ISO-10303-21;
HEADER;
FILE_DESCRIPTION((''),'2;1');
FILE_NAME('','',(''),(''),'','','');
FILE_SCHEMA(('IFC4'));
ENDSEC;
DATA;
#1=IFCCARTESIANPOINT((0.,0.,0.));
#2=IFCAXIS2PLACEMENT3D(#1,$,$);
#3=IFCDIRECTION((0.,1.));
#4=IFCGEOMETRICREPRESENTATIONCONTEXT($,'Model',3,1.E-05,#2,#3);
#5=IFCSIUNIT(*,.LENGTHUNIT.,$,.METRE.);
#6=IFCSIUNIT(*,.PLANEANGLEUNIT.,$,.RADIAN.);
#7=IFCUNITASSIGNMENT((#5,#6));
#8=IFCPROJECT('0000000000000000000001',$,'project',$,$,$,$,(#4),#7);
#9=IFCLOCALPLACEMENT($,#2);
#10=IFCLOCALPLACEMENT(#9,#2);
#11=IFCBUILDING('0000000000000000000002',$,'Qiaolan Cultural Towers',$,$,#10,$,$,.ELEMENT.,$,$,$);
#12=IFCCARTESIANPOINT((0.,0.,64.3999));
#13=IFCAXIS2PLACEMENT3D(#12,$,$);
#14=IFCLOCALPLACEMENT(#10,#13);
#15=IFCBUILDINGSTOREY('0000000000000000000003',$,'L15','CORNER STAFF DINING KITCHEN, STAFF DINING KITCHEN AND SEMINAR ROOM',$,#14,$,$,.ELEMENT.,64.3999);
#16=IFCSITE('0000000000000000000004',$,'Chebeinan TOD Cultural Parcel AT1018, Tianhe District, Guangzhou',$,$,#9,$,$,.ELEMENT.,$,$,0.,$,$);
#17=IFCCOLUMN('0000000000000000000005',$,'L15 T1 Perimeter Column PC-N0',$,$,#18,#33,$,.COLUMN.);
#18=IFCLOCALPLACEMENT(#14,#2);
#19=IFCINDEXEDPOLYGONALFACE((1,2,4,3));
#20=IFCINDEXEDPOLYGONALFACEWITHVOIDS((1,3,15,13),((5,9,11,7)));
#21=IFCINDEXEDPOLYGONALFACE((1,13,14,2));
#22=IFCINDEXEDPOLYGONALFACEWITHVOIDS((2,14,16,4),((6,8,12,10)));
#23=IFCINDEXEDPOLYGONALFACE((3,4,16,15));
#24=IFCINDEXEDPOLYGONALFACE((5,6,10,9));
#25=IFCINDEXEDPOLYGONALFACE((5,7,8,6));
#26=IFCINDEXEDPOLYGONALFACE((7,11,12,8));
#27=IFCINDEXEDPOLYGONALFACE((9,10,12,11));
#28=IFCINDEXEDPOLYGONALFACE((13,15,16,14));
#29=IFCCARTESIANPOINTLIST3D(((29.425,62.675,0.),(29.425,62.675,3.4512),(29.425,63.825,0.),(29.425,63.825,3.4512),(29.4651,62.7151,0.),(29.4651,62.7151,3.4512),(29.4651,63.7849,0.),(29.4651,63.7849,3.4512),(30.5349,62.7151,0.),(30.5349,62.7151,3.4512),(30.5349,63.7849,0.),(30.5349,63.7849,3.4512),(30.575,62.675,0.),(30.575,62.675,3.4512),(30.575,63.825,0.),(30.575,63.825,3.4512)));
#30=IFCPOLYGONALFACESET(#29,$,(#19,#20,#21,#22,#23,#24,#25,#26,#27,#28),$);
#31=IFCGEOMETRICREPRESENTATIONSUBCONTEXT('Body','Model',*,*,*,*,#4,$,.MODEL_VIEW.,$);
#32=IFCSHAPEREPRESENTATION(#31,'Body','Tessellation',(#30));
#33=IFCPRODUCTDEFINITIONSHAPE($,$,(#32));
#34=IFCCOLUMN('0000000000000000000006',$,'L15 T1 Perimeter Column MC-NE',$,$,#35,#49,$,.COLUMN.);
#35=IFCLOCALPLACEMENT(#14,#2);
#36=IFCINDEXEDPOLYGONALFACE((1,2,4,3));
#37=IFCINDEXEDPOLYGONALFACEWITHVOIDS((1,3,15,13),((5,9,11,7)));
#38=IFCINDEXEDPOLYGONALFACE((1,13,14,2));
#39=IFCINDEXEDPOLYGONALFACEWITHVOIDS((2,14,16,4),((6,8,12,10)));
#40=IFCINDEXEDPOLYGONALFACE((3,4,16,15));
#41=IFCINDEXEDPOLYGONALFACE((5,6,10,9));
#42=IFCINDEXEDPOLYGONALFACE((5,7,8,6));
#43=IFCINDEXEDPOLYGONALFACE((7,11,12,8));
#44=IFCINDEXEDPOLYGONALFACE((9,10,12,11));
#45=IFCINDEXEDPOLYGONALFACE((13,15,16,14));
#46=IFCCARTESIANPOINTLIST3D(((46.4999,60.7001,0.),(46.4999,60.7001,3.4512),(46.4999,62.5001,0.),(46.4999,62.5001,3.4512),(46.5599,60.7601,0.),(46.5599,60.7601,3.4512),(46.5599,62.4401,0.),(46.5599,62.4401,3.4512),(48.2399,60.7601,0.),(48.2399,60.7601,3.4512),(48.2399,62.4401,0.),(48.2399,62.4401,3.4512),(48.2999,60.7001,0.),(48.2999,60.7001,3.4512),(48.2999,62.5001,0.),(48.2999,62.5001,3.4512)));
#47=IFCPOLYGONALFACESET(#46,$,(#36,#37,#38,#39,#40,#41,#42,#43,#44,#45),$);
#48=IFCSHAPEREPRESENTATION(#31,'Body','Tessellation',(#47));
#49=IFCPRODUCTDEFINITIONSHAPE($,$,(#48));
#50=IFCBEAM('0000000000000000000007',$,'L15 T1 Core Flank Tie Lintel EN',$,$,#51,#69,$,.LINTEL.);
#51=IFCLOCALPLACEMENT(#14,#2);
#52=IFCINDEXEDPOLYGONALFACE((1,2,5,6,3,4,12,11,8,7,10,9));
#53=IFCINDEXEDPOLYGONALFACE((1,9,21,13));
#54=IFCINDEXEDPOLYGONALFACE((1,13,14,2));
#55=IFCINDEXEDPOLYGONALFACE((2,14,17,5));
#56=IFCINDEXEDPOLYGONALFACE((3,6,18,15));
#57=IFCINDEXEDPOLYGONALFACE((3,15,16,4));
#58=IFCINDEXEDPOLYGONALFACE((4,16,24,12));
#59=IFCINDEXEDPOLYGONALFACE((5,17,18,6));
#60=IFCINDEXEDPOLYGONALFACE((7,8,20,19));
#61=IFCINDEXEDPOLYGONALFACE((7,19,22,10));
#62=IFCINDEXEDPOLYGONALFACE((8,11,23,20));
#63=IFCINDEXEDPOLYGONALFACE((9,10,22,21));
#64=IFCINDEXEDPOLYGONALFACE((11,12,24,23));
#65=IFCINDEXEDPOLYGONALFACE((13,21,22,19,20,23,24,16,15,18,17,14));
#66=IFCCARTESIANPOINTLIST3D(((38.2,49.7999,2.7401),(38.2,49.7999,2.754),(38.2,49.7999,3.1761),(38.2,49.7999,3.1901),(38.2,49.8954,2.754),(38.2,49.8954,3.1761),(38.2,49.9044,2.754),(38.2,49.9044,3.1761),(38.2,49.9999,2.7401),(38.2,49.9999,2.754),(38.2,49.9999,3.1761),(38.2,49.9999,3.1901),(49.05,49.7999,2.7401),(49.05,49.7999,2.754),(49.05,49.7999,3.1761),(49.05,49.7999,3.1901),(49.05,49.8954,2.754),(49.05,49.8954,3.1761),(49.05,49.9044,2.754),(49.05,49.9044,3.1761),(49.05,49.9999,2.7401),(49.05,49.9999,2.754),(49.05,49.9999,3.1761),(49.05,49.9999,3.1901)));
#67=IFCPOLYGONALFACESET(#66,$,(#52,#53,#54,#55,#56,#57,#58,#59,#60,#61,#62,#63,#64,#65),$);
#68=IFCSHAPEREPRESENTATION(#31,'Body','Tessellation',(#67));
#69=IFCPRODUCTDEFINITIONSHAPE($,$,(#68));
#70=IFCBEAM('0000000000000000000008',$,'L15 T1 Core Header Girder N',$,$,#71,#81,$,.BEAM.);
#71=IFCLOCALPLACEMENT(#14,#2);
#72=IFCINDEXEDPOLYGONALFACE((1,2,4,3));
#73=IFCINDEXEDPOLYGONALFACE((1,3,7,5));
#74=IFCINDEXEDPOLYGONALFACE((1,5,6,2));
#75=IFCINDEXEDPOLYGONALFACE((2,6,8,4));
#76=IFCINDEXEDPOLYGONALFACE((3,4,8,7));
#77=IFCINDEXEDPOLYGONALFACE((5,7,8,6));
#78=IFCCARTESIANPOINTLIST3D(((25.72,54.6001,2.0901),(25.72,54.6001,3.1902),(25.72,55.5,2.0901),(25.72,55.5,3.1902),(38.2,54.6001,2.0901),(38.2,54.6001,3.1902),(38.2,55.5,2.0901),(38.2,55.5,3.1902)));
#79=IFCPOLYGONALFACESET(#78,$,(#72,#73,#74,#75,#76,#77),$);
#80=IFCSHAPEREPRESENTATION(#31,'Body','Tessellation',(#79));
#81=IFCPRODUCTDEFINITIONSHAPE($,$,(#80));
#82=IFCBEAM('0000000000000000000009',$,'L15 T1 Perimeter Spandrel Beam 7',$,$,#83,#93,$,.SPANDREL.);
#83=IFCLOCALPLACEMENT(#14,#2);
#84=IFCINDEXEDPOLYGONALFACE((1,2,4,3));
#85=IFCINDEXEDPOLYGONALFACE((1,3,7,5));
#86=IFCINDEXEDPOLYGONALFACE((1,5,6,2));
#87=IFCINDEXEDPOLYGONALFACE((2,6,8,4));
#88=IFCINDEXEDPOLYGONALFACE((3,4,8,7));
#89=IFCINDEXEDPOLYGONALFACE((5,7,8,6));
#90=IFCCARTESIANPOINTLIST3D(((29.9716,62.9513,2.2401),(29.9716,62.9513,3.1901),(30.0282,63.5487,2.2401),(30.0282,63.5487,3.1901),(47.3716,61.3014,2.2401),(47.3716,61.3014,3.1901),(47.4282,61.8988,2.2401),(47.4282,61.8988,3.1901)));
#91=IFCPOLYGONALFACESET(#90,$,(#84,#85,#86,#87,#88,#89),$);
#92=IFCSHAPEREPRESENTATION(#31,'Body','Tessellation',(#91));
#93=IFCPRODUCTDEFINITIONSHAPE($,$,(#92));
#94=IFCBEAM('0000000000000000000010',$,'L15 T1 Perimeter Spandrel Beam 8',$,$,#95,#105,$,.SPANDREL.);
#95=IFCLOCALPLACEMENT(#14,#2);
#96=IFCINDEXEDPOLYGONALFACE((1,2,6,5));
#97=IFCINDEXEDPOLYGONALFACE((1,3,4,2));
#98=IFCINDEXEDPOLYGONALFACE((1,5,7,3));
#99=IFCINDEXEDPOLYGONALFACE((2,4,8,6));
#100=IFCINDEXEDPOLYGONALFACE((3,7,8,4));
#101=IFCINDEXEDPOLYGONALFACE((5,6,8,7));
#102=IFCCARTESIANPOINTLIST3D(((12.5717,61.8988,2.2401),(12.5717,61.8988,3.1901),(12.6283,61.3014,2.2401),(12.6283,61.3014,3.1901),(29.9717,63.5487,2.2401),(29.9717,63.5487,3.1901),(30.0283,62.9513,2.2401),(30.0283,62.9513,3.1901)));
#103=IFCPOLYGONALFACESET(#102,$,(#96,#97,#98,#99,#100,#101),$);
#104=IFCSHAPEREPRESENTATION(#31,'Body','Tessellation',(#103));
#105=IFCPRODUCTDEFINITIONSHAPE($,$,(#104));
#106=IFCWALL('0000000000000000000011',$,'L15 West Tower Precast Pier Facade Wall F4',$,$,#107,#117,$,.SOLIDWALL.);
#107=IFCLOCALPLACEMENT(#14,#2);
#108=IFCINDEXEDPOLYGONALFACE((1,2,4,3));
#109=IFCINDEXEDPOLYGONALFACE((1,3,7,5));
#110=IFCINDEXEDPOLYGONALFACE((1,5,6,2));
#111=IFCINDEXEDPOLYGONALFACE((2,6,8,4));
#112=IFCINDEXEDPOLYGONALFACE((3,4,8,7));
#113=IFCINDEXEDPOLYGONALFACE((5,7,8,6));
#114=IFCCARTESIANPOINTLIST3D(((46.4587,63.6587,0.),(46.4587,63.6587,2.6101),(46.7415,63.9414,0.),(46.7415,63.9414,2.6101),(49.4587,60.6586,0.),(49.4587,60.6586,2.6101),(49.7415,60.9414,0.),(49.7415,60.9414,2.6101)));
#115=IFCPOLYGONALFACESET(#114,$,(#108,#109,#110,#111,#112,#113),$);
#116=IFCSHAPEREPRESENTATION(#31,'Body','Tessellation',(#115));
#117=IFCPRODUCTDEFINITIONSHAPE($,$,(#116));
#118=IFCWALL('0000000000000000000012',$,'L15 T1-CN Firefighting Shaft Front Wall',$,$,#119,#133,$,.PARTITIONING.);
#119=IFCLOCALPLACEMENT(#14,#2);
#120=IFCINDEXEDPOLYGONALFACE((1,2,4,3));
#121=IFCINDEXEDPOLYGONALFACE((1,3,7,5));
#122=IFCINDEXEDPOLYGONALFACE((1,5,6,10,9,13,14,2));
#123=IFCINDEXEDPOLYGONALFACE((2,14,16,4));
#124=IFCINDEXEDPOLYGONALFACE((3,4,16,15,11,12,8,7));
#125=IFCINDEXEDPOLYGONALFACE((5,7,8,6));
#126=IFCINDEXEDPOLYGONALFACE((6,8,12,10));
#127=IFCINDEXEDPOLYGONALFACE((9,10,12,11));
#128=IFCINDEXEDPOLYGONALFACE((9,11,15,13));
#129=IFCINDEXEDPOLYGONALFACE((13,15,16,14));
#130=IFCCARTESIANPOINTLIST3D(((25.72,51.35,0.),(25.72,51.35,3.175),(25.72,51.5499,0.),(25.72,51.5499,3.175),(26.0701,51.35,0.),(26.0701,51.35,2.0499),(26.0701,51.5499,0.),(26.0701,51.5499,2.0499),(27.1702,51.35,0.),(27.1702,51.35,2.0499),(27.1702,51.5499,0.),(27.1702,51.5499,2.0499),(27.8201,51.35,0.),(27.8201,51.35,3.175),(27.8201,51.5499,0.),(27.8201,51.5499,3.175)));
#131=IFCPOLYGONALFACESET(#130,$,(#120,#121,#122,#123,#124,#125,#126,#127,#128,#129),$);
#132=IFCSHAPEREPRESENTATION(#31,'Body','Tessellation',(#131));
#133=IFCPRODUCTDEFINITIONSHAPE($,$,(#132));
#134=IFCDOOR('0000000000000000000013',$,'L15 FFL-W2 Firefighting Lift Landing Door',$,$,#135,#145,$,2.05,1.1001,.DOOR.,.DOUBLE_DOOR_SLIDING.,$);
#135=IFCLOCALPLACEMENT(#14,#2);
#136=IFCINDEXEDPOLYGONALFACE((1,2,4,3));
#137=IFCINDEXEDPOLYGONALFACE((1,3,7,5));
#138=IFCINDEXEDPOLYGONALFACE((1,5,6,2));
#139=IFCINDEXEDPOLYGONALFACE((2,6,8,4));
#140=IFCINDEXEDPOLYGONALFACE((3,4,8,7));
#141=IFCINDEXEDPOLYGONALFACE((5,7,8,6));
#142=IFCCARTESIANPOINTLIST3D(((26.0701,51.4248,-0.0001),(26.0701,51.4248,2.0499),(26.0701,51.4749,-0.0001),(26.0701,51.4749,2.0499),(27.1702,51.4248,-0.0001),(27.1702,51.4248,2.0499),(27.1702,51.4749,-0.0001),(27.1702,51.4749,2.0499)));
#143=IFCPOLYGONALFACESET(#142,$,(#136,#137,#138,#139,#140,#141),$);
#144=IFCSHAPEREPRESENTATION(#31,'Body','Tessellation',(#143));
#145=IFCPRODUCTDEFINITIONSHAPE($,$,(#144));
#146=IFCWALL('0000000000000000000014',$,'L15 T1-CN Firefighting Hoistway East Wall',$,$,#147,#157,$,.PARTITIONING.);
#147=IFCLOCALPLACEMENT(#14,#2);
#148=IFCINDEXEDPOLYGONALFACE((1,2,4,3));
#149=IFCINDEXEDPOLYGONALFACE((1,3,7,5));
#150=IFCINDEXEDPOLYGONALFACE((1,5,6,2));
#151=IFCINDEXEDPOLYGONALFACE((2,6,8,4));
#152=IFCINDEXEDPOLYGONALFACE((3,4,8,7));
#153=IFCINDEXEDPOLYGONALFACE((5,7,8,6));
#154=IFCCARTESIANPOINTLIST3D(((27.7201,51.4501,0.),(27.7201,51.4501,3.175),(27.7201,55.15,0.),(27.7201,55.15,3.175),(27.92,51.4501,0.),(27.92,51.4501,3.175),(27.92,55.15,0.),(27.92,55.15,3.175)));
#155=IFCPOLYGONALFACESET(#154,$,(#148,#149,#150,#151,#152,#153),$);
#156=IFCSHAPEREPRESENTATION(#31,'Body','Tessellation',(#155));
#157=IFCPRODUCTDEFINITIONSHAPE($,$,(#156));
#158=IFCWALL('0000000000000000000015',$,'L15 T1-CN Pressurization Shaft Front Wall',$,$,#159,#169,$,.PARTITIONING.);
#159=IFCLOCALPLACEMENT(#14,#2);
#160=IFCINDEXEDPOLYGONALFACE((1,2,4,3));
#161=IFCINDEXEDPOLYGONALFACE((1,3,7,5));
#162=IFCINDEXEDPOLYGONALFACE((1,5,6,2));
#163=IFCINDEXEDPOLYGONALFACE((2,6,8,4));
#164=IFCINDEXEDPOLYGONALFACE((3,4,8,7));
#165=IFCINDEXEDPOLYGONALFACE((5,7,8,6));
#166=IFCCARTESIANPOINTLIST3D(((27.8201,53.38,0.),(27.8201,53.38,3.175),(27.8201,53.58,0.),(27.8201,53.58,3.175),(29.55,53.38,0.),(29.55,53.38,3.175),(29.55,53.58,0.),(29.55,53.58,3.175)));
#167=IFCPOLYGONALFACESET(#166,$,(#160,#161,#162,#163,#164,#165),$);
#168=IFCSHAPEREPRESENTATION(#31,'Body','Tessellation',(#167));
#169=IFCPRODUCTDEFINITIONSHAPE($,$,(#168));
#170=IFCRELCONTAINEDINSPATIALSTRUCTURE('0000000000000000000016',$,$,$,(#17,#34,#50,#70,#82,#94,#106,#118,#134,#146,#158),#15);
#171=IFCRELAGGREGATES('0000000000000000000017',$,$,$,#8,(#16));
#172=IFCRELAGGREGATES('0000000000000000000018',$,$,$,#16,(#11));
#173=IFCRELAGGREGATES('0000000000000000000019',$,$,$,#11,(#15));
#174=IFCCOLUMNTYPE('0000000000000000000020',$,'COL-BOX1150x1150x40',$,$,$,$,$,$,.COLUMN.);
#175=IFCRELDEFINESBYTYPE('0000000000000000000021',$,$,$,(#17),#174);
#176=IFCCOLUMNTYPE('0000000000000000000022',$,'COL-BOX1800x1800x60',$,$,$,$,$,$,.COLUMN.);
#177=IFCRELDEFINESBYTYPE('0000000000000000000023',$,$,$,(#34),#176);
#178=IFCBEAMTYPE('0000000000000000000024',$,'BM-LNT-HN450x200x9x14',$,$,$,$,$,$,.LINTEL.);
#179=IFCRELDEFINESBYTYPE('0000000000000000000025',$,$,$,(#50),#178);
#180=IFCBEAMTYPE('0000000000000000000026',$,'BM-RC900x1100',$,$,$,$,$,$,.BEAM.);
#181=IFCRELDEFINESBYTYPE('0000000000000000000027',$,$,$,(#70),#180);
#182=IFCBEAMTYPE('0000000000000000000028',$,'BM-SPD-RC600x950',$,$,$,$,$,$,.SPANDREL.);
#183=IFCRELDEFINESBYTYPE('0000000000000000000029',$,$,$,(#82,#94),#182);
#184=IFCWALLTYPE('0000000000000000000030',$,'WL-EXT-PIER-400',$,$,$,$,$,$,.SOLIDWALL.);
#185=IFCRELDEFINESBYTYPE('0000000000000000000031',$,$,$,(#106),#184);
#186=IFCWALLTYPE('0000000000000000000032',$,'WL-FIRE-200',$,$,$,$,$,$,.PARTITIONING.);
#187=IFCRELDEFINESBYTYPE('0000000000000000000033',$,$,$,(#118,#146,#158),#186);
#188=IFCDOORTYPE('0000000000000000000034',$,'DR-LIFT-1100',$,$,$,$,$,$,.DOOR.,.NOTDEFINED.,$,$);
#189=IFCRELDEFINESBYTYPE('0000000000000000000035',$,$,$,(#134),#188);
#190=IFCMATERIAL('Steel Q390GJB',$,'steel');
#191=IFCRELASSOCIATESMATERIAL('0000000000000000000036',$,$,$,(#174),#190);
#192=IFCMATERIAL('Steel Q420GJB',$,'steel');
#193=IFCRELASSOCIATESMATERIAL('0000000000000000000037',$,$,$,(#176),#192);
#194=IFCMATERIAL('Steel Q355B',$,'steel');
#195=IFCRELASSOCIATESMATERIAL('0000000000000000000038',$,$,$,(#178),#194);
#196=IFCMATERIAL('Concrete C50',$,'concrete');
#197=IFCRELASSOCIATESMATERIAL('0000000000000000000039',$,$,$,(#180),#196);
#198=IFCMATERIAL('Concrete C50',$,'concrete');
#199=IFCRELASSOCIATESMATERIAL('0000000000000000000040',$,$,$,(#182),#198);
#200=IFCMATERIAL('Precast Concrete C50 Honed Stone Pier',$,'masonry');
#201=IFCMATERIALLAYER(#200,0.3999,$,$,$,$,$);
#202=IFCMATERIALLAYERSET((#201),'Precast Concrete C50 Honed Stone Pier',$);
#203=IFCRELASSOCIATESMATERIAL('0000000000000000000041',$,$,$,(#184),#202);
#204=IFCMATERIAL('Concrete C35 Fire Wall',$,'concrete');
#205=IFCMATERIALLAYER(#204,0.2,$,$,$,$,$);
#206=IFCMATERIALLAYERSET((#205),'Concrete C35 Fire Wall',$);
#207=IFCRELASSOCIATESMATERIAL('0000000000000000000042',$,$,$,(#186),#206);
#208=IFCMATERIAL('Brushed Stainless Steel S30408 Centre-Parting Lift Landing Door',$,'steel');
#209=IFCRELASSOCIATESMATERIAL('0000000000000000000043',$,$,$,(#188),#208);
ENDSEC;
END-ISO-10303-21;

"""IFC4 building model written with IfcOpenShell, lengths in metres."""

from ifc_helpers import new_model, si_unit, direction, frame, frame_2d, origin, origin_2d, place, context, subcontext, project, spatial, rectangle, hollow_rectangle, i_section, extrude, material, layer, layer_set, material_profile, profile_set, type_object, element, fill, save


model = new_model("IFC4")

# Units and contexts
model_context = context("Model", 3, precision=1e-05, world=origin(), true_north=direction((0.0, 1.0)))
body_context = subcontext(model_context, "Body", "Model", "MODEL_VIEW")
ifc_project = project(units=[si_unit("LENGTHUNIT", "METRE"), si_unit("PLANEANGLEUNIT", "RADIAN")], contexts=[model_context])

# Site, building, storey
site_placement = place(None, origin())
site = spatial("IfcSite", under=ifc_project, at=site_placement, Name="Chebeinan TOD Cultural Parcel AT1018, Tianhe District, Guangzhou", CompositionType="ELEMENT", RefElevation=0.0)
building_placement = place(site_placement, origin())
building = spatial("IfcBuilding", under=site, at=building_placement, Name="Qiaolan Cultural Towers", CompositionType="ELEMENT")
storey_placement = place(building_placement, frame((0.0, 0.0, 64.3999)))
storey = spatial("IfcBuildingStorey", under=building, at=storey_placement, Name="L15", Description="CORNER STAFF DINING KITCHEN, STAFF DINING KITCHEN AND SEMINAR ROOM", CompositionType="ELEMENT", Elevation=64.3999)

# Columns
ifc_material_1 = material(Name="Steel Q390GJB", Category="steel")
ifc_material_profile_1 = material_profile(ifc_material_1, hollow_rectangle(XDim=1.1499, YDim=1.1499, WallThickness=0.04, at=origin_2d()), Name="BOX1150x1150x40")
ifc_profile_set_1 = profile_set([ifc_material_profile_1], Name="Steel Q390GJB")
column_type_1 = type_object("IfcColumnType", Name="COL-BOX1150x1150x40", PredefinedType="COLUMN", material=ifc_profile_set_1)
column_1_placement = place(storey_placement, frame((30.0, 63.25, 0.0), z_axis=(0.0, 0.0, 1.0), x_axis=(1.0, 0.0, 0.0)))
element("IfcColumn", 1, at=column_1_placement, inside=storey, type_object=column_type_1, Name="L15 T1 Perimeter Column PC-N0", PredefinedType="COLUMN", context=body_context, shape_type="SweptSolid", body=[
    extrude(hollow_rectangle(XDim=1.1499, YDim=1.1499, WallThickness=0.04, at=origin_2d()), origin(), (0.0, 0.0, 1.0), 3.4512),
])
ifc_material_2 = material(Name="Steel Q420GJB", Category="steel")
ifc_material_profile_2 = material_profile(ifc_material_2, hollow_rectangle(XDim=1.8, YDim=1.8, WallThickness=0.0601, at=origin_2d()), Name="BOX1800x1800x60")
ifc_profile_set_2 = profile_set([ifc_material_profile_2], Name="Steel Q420GJB")
column_type_2 = type_object("IfcColumnType", Name="COL-BOX1800x1800x60", PredefinedType="COLUMN", material=ifc_profile_set_2)
column_2_placement = place(storey_placement, frame((47.3999, 61.6001, 0.0), z_axis=(0.0, 0.0, 1.0), x_axis=(1.0, 0.0, 0.0)))
element("IfcColumn", 2, at=column_2_placement, inside=storey, type_object=column_type_2, Name="L15 T1 Perimeter Column MC-NE", PredefinedType="COLUMN", context=body_context, shape_type="SweptSolid", body=[
    extrude(hollow_rectangle(XDim=1.8, YDim=1.8, WallThickness=0.0601, at=origin_2d()), origin(), (0.0, 0.0, 1.0), 3.4512),
])

# Beams
ifc_material_3 = material(Name="Steel Q355B", Category="steel")
ifc_material_profile_3 = material_profile(ifc_material_3, i_section(OverallWidth=0.2, OverallDepth=0.45, WebThickness=0.009, FlangeThickness=0.0139, at=origin_2d()), Name="HN450x200x9x14")
ifc_profile_set_3 = profile_set([ifc_material_profile_3], Name="Steel Q355B")
beam_type_1 = type_object("IfcBeamType", Name="BM-LNT-HN450x200x9x14", PredefinedType="LINTEL", material=ifc_profile_set_3)
beam_1_placement = place(storey_placement, frame((38.2, 49.8999, 2.9651), z_axis=(1.0, 0.0, 0.0), x_axis=(0.0, 1.0, 0.0)))
element("IfcBeam", 3, at=beam_1_placement, inside=storey, type_object=beam_type_1, Name="L15 T1 Core Flank Tie Lintel EN", PredefinedType="LINTEL", context=body_context, shape_type="SweptSolid", body=[
    extrude(i_section(OverallWidth=0.2, OverallDepth=0.45, WebThickness=0.009, FlangeThickness=0.0139, at=origin_2d()), origin(), (0.0, 0.0, 1.0), 10.8501),
])
ifc_material_4 = material(Name="Concrete C50", Category="concrete")
ifc_material_profile_4 = material_profile(ifc_material_4, rectangle(XDim=0.8999, YDim=1.1001, at=origin_2d()), Name="RC900x1100")
ifc_profile_set_4 = profile_set([ifc_material_profile_4], Name="Concrete C50")
beam_type_2 = type_object("IfcBeamType", Name="BM-RC900x1100", PredefinedType="BEAM", material=ifc_profile_set_4)
beam_2_placement = place(storey_placement, frame((25.72, 55.05, 2.6401), z_axis=(1.0, 0.0, 0.0), x_axis=(0.0, 1.0, 0.0)))
element("IfcBeam", 4, at=beam_2_placement, inside=storey, type_object=beam_type_2, Name="L15 T1 Core Header Girder N", PredefinedType="BEAM", context=body_context, shape_type="SweptSolid", body=[
    extrude(rectangle(XDim=0.8999, YDim=1.1001, at=origin_2d()), origin(), (0.0, 0.0, 1.0), 12.48),
])
ifc_material_5 = material(Name="Concrete C50", Category="concrete")
ifc_material_profile_5 = material_profile(ifc_material_5, rectangle(XDim=0.6001, YDim=0.95, at=origin_2d()), Name="RC600x950")
ifc_profile_set_5 = profile_set([ifc_material_profile_5], Name="Concrete C50")
beam_type_3 = type_object("IfcBeamType", Name="BM-SPD-RC600x950", PredefinedType="SPANDREL", material=ifc_profile_set_5)
for number, where, z_axis, x_axis, name in (
    (5, (47.3999, 61.6001, 2.7151), (-0.995534, 0.094399, 0.0), (-0.094399, -0.995534, 0.0), "L15 T1 Perimeter Spandrel Beam 7"),
    (6, (30.0, 63.25, 2.7151), (-0.995534, -0.094399, 0.0), (0.094399, -0.995534, 0.0), "L15 T1 Perimeter Spandrel Beam 8"),
):
    element("IfcBeam", number, at=place(storey_placement, frame(where, z_axis=z_axis, x_axis=x_axis)), inside=storey, type_object=beam_type_3, Name=name, PredefinedType="SPANDREL", context=body_context, shape_type="SweptSolid", body=[
        extrude(rectangle(XDim=0.6001, YDim=0.95, at=origin_2d()), origin(), (0.0, 0.0, 1.0), 17.478),
    ])

# Wall
ifc_material_6 = material(Name="Precast Concrete C50 Honed Stone Pier", Category="masonry")
ifc_layer_1 = layer(ifc_material_6, 0.3999)
ifc_layer_set_1 = layer_set([ifc_layer_1], Name="Precast Concrete C50 Honed Stone Pier")
wall_type_1 = type_object("IfcWallType", Name="WL-EXT-PIER-400", PredefinedType="SOLIDWALL", material=ifc_layer_set_1)
wall_1_placement = place(storey_placement, frame((46.6001, 63.8, 0.0), z_axis=(0.0, 0.0, 1.0), x_axis=(0.707107, -0.707107, 0.0)))
element("IfcWall", 7, at=wall_1_placement, inside=storey, type_object=wall_type_1, Name="L15 West Tower Precast Pier Facade Wall F4", PredefinedType="SOLIDWALL", context=body_context, shape_type="SweptSolid", body=[
    extrude(rectangle(XDim=4.2427, YDim=0.3999, at=frame_2d((2.1213, 0.0))), origin(), (0.0, 0.0, 1.0), 2.6101),
])

# Wall, opening, door
ifc_material_7 = material(Name="Concrete C35 Fire Wall", Category="concrete")
ifc_layer_2 = layer(ifc_material_7, 0.2)
ifc_layer_set_2 = layer_set([ifc_layer_2], Name="Concrete C35 Fire Wall")
wall_type_2 = type_object("IfcWallType", Name="WL-FIRE-200", PredefinedType="PARTITIONING", material=ifc_layer_set_2)
wall_2_placement = place(storey_placement, frame((25.72, 51.45, 0.0), z_axis=(0.0, 0.0, 1.0), x_axis=(1.0, 0.0, 0.0)))
wall_2 = element("IfcWall", 8, at=wall_2_placement, inside=storey, type_object=wall_type_2, Name="L15 T1-CN Firefighting Shaft Front Wall", PredefinedType="PARTITIONING", context=body_context, shape_type="SweptSolid", body=[
    extrude(rectangle(XDim=2.1001, YDim=0.2, at=frame_2d((1.05, 0.0))), origin(), (0.0, 0.0, 1.0), 3.175),
])
opening_1_placement = place(wall_2_placement, frame((0.3501, 0.0, 0.0)))
opening_1 = element("IfcOpeningElement", 9, at=opening_1_placement, cuts=wall_2, PredefinedType="OPENING", context=body_context, shape_type="SweptSolid", body=[
    extrude(rectangle(XDim=1.1001, YDim=2.05, at=frame_2d((0.55, 1.0249))), frame((0.0, 0.1099, 0.0), z_axis=(0.0, -1.0, 0.0), x_axis=(1.0, 0.0, 0.0)), (0.0, 0.0, 1.0), 0.22),
])
ifc_material_8 = material(Name="Brushed Stainless Steel S30408 Centre-Parting Lift Landing Door", Category="steel")
door_type_1 = type_object("IfcDoorType", Name="DR-LIFT-1100", OperationType="NOTDEFINED", PredefinedType="DOOR", material=ifc_material_8)
door_1_placement = place(opening_1_placement, origin())
door_1 = element("IfcDoor", 10, at=door_1_placement, inside=storey, type_object=door_type_1, Name="L15 FFL-W2 Firefighting Lift Landing Door", OperationType="DOUBLE_DOOR_SLIDING", OverallHeight=2.05, OverallWidth=1.1001, PredefinedType="DOOR", context=body_context, shape_type="SweptSolid", body=[
    extrude(rectangle(XDim=1.1001, YDim=2.05, at=frame_2d((0.55, 1.0249))), frame((0.0, 0.0249, 0.0), z_axis=(0.0, -1.0, 0.0), x_axis=(1.0, 0.0, 0.0)), (0.0, 0.0, 1.0), 0.05),
])
fill(opening_1, door_1)

# Walls
wall_3_placement = place(storey_placement, frame((27.8201, 51.45, 0.0), z_axis=(0.0, 0.0, 1.0), x_axis=(0.0, 1.0, 0.0)))
element("IfcWall", 11, at=wall_3_placement, inside=storey, type_object=wall_type_2, Name="L15 T1-CN Firefighting Hoistway East Wall", PredefinedType="PARTITIONING", context=body_context, shape_type="SweptSolid", body=[
    extrude(rectangle(XDim=3.7, YDim=0.2, at=frame_2d((1.8501, 0.0))), origin(), (0.0, 0.0, 1.0), 3.175),
])
wall_4_placement = place(storey_placement, frame((27.8201, 53.48, 0.0), z_axis=(0.0, 0.0, 1.0), x_axis=(1.0, 0.0, 0.0)))
element("IfcWall", 12, at=wall_4_placement, inside=storey, type_object=wall_type_2, Name="L15 T1-CN Pressurization Shaft Front Wall", PredefinedType="PARTITIONING", context=body_context, shape_type="SweptSolid", body=[
    extrude(rectangle(XDim=1.73, YDim=0.2, at=frame_2d((0.865, 0.0))), origin(), (0.0, 0.0, 1.0), 3.175),
])

save(model, "model.ifc")
